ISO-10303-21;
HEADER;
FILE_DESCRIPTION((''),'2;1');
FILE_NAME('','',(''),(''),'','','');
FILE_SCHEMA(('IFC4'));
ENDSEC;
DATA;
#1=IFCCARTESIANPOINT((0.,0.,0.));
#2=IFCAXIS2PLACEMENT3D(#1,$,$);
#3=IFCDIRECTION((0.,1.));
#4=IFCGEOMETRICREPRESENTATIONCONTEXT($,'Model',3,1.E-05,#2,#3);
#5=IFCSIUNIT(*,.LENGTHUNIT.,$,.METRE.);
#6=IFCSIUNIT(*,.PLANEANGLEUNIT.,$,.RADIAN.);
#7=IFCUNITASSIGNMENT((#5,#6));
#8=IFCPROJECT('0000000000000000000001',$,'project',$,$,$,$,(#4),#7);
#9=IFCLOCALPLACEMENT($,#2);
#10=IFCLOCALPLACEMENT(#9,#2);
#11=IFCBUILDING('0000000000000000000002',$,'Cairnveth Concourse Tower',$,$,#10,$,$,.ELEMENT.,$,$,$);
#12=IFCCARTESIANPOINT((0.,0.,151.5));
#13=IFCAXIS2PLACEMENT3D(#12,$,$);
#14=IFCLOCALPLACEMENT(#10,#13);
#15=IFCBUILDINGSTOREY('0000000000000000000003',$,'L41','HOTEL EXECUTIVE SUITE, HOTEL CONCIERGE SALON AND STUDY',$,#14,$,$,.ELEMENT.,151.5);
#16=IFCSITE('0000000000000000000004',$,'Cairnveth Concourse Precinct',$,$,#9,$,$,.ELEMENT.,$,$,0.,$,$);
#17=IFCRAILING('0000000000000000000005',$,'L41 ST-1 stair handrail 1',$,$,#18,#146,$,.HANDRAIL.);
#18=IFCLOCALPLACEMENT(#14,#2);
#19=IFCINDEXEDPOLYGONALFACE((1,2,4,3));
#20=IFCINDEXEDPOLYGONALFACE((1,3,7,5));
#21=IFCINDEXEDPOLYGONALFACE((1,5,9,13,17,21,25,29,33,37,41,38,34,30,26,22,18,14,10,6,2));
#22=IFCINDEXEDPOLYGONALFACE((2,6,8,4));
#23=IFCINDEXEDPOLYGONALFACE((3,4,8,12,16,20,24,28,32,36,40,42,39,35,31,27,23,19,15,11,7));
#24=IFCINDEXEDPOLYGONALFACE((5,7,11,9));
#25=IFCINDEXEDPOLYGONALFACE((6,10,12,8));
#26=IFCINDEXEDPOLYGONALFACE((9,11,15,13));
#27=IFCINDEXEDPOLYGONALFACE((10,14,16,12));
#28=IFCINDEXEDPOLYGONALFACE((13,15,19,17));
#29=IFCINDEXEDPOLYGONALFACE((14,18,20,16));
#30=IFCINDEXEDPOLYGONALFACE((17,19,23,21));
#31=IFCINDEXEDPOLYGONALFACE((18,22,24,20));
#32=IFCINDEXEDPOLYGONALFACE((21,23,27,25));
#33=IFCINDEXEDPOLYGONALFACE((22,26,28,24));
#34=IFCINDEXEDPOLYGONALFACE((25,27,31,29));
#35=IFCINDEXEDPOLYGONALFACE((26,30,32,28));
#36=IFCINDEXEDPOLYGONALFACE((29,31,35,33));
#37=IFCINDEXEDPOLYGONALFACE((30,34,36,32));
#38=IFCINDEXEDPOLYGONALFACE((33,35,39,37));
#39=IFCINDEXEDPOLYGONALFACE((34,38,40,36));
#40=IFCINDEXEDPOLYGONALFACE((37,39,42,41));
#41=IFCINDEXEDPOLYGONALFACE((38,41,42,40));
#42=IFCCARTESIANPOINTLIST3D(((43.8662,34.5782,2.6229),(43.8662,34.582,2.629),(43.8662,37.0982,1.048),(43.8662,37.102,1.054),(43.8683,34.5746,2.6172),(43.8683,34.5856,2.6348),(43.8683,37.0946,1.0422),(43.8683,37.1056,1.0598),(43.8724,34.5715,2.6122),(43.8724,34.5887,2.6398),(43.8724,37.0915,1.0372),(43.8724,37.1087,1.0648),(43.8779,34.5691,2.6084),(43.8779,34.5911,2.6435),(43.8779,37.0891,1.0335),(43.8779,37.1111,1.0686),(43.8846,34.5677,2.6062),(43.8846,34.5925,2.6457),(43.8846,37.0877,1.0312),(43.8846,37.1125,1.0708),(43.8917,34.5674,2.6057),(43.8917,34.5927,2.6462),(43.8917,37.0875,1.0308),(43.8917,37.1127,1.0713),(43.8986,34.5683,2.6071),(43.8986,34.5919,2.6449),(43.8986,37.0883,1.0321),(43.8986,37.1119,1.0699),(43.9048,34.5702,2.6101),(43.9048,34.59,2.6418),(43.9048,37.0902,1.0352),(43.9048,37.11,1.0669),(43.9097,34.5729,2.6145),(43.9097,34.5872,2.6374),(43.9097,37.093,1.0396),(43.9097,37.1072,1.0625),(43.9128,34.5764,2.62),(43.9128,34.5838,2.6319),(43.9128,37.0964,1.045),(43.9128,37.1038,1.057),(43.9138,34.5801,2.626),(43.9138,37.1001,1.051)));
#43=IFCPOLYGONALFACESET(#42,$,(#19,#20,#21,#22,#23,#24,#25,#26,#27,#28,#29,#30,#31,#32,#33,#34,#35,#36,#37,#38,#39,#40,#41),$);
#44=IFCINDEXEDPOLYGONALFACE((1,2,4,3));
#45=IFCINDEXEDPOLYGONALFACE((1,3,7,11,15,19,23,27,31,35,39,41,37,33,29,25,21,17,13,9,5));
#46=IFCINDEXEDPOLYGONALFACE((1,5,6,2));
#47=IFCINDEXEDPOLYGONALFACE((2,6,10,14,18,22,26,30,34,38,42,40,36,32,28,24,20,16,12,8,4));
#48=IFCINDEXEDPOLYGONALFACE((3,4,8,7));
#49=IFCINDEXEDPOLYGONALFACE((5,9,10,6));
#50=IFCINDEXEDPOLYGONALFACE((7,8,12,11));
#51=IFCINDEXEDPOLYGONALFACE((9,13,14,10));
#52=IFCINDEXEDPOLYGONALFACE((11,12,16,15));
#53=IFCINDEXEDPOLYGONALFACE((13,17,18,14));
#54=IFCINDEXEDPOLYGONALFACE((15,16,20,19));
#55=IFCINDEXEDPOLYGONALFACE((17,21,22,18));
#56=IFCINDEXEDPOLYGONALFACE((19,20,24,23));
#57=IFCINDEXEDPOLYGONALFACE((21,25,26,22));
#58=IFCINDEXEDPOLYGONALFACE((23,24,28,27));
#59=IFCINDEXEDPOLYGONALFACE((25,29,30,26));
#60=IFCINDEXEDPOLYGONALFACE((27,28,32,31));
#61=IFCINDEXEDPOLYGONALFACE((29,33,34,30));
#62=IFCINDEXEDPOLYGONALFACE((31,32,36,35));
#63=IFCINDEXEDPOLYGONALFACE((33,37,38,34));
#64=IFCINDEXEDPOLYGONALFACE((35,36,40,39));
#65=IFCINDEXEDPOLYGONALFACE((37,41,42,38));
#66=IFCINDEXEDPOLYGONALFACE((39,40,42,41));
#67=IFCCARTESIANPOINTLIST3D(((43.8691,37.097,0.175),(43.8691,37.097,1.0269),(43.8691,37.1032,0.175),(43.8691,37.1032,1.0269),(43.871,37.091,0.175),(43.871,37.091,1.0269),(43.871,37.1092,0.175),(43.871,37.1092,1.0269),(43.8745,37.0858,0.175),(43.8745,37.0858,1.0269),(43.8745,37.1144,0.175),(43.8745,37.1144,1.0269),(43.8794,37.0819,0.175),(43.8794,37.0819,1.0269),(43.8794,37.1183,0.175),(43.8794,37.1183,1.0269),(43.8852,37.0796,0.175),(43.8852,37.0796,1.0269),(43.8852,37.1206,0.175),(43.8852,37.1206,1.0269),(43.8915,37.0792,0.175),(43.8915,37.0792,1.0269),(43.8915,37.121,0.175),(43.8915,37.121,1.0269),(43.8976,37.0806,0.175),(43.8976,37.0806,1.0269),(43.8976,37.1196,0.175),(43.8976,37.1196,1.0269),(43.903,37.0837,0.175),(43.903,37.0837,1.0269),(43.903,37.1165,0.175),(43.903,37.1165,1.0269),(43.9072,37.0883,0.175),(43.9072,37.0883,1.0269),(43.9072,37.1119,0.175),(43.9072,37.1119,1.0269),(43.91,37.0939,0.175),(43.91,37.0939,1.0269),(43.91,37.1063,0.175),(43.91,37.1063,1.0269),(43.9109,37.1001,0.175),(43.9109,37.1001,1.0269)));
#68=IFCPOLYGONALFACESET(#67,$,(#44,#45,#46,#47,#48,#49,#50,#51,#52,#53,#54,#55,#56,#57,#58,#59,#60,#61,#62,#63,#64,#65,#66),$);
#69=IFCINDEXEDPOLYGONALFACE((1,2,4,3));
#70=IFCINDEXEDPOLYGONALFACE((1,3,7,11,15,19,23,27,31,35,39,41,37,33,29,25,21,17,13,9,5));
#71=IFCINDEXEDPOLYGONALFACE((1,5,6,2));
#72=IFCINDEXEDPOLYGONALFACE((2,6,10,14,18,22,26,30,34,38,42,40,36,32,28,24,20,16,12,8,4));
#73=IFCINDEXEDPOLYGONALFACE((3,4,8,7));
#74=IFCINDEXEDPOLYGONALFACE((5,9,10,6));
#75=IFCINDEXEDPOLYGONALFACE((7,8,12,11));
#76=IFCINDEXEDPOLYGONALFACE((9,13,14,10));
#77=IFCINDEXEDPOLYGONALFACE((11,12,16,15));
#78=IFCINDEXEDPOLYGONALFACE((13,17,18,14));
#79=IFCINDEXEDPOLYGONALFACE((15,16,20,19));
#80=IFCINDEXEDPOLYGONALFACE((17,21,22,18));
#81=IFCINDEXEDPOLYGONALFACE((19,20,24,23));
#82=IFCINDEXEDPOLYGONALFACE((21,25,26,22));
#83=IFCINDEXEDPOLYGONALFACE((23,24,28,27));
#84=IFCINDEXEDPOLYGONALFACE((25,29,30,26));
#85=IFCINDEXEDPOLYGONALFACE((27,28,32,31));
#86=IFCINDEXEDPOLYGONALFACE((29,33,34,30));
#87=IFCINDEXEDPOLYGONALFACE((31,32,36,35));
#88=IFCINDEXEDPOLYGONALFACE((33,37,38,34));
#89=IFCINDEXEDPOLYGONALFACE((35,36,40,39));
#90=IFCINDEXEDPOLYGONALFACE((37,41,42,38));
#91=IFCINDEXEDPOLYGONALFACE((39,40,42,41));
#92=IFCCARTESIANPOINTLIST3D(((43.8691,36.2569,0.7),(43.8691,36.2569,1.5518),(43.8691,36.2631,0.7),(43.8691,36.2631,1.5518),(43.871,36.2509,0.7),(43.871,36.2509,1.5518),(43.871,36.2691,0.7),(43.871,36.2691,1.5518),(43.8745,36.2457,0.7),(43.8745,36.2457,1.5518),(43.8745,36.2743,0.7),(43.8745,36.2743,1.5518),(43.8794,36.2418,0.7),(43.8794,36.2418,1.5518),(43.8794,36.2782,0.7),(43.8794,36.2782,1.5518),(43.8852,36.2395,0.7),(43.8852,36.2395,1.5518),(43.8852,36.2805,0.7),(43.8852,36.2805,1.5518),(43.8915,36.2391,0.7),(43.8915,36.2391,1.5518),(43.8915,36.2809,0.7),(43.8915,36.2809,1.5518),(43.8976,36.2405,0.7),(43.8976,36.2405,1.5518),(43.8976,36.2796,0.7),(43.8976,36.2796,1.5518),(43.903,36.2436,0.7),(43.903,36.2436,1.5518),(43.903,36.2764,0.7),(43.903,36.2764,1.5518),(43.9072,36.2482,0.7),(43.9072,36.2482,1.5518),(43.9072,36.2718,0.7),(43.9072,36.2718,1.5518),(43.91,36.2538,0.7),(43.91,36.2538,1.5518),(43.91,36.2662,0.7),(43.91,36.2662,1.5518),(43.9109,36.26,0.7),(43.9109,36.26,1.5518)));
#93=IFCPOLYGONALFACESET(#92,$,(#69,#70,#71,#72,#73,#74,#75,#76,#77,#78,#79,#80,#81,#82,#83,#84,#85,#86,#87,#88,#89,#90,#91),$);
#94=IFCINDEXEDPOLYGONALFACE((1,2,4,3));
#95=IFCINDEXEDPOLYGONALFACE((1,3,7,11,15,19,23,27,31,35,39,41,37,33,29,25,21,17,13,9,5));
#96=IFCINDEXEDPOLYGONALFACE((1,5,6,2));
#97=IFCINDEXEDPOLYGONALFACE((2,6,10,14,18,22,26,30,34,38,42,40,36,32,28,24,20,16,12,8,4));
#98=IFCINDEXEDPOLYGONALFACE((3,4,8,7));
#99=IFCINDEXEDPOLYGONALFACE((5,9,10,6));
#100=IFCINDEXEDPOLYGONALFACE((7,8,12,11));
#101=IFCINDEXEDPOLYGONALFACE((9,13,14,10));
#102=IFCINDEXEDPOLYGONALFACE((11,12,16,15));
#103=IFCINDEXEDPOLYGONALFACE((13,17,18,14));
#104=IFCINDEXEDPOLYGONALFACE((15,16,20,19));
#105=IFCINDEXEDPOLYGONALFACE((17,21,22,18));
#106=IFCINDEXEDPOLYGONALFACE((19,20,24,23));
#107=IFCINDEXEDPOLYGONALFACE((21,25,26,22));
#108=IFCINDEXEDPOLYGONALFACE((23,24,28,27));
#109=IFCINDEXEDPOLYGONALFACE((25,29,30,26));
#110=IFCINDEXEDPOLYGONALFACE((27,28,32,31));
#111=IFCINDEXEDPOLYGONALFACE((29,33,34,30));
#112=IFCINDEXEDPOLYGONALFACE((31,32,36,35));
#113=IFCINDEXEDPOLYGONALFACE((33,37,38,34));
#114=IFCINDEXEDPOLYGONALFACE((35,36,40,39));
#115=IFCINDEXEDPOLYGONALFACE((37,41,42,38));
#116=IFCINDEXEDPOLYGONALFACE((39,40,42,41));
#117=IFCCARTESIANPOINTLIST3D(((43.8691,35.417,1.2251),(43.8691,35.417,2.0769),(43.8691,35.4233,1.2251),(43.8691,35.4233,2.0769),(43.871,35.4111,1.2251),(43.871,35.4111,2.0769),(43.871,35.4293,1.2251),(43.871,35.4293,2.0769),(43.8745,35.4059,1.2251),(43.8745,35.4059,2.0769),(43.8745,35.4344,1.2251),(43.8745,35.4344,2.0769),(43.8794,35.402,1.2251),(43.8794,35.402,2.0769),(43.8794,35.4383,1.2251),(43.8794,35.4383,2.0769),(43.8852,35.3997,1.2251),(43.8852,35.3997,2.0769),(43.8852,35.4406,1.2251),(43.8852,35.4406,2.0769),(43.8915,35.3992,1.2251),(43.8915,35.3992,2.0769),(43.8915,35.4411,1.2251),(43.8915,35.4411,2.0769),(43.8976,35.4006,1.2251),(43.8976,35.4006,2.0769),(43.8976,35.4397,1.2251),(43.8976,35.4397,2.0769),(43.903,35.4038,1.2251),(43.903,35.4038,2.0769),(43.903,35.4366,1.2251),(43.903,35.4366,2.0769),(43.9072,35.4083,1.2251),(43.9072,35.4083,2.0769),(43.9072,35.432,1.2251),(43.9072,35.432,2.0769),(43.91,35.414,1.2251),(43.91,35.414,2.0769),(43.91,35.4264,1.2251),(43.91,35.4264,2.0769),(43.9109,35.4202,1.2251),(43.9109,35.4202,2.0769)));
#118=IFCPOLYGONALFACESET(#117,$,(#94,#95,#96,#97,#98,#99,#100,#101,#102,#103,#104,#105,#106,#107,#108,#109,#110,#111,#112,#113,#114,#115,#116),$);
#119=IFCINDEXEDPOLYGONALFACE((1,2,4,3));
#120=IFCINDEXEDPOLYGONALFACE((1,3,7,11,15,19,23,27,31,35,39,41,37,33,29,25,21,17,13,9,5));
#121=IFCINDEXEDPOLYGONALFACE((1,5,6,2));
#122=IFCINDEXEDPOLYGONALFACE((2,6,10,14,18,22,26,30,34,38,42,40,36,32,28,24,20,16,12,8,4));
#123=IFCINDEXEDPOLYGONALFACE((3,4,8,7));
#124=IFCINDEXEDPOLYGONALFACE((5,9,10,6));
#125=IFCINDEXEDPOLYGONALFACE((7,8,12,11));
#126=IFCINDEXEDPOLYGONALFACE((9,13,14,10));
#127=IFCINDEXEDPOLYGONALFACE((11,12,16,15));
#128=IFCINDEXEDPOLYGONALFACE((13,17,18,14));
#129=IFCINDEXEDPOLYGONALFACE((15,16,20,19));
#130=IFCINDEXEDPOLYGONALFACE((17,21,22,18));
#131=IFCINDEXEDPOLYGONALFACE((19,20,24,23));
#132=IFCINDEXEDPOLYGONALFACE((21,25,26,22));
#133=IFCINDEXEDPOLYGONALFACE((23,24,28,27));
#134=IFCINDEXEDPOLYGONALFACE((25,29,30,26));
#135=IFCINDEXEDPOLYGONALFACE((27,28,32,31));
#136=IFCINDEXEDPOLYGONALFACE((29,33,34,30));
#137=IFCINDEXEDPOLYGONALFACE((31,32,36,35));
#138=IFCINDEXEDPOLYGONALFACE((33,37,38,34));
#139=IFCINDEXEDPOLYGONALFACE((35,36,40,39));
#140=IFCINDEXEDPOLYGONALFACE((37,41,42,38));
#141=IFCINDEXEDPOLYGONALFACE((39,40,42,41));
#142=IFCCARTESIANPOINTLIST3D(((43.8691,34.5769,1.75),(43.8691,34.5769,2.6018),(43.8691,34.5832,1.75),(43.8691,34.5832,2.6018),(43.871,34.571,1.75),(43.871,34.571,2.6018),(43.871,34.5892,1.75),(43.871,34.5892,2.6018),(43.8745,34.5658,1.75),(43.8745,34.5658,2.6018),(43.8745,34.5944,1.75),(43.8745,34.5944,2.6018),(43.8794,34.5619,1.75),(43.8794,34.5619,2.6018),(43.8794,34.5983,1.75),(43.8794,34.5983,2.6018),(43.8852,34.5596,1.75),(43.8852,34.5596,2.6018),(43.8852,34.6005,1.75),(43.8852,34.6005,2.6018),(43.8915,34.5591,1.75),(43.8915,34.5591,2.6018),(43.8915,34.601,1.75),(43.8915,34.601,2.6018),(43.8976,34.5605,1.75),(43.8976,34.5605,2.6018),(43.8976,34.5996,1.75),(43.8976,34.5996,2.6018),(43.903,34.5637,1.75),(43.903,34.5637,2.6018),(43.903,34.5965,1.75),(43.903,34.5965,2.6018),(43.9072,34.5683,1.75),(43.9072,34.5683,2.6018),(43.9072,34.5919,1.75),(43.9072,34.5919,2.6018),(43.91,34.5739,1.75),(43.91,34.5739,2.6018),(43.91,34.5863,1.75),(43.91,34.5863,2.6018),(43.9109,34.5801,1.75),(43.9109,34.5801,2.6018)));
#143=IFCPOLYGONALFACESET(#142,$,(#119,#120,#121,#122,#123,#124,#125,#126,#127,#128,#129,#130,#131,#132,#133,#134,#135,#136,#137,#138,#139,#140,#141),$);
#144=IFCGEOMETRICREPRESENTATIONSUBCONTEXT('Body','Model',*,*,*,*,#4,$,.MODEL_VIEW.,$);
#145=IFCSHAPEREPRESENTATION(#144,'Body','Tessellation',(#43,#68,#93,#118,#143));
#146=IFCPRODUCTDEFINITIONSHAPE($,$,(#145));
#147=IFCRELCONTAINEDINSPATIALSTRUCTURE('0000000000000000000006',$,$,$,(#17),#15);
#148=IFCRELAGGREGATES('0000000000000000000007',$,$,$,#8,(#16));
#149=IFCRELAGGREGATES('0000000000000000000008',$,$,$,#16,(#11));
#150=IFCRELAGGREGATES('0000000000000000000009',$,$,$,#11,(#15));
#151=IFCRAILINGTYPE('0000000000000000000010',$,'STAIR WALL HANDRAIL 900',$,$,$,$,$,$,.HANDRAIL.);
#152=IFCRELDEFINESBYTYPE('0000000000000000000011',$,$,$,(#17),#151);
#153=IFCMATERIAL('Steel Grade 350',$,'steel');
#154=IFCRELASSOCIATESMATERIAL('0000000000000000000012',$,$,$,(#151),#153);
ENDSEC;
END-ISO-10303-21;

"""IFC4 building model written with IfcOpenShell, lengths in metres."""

from ifc_helpers import new_model, si_unit, direction, frame, origin, origin_2d, place, context, subcontext, project, spatial, circle, extrude, material, type_object, element, save


model = new_model("IFC4")

# Units and contexts
model_context = context("Model", 3, precision=1e-05, world=origin(), true_north=direction((0.0, 1.0)))
body_context = subcontext(model_context, "Body", "Model", "MODEL_VIEW")
ifc_project = project(units=[si_unit("LENGTHUNIT", "METRE"), si_unit("PLANEANGLEUNIT", "RADIAN")], contexts=[model_context])

# Site, building, storey
site_placement = place(None, origin())
site = spatial("IfcSite", under=ifc_project, at=site_placement, Name="Cairnveth Concourse Precinct", CompositionType="ELEMENT", RefElevation=0.0)
building_placement = place(site_placement, origin())
building = spatial("IfcBuilding", under=site, at=building_placement, Name="Cairnveth Concourse Tower", CompositionType="ELEMENT")
storey_placement = place(building_placement, frame((0.0, 0.0, 151.5)))
storey = spatial("IfcBuildingStorey", under=building, at=storey_placement, Name="L41", Description="HOTEL EXECUTIVE SUITE, HOTEL CONCIERGE SALON AND STUDY", CompositionType="ELEMENT", Elevation=151.5)

# Shared definitions
ifc_material_1 = material(Name="Steel Grade 350", Category="steel")

# Railing
railing_type_1 = type_object("IfcRailingType", Name="STAIR WALL HANDRAIL 900", PredefinedType="HANDRAIL", material=ifc_material_1)
railing_1_placement = place(storey_placement, frame((43.8899, 37.1001, 0.175)))
element("IfcRailing", 1, at=railing_1_placement, inside=storey, type_object=railing_type_1, Name="L41 ST-1 stair handrail 1", PredefinedType="HANDRAIL", context=body_context, shape_type="SweptSolid", body=[
    extrude(circle(Radius=0.0239, at=origin_2d()), frame((0.0, 0.0, 0.876), z_axis=(0.0, -0.848008, 0.529984), x_axis=(1.0, 0.0, 0.0)), (0.0, 0.0, 1.0), 2.9717),
    extrude(circle(Radius=0.021, at=origin_2d()), origin(), (0.0, 0.0, 1.0), 0.8518),
    extrude(circle(Radius=0.021, at=origin_2d()), frame((0.0, -0.8401, 0.5249)), (0.0, 0.0, 1.0), 0.8518),
    extrude(circle(Radius=0.021, at=origin_2d()), frame((0.0, -1.6799, 1.05)), (0.0, 0.0, 1.0), 0.8518),
    extrude(circle(Radius=0.021, at=origin_2d()), frame((0.0, -2.52, 1.575)), (0.0, 0.0, 1.0), 0.8518),
])

save(model, "model.ifc")
